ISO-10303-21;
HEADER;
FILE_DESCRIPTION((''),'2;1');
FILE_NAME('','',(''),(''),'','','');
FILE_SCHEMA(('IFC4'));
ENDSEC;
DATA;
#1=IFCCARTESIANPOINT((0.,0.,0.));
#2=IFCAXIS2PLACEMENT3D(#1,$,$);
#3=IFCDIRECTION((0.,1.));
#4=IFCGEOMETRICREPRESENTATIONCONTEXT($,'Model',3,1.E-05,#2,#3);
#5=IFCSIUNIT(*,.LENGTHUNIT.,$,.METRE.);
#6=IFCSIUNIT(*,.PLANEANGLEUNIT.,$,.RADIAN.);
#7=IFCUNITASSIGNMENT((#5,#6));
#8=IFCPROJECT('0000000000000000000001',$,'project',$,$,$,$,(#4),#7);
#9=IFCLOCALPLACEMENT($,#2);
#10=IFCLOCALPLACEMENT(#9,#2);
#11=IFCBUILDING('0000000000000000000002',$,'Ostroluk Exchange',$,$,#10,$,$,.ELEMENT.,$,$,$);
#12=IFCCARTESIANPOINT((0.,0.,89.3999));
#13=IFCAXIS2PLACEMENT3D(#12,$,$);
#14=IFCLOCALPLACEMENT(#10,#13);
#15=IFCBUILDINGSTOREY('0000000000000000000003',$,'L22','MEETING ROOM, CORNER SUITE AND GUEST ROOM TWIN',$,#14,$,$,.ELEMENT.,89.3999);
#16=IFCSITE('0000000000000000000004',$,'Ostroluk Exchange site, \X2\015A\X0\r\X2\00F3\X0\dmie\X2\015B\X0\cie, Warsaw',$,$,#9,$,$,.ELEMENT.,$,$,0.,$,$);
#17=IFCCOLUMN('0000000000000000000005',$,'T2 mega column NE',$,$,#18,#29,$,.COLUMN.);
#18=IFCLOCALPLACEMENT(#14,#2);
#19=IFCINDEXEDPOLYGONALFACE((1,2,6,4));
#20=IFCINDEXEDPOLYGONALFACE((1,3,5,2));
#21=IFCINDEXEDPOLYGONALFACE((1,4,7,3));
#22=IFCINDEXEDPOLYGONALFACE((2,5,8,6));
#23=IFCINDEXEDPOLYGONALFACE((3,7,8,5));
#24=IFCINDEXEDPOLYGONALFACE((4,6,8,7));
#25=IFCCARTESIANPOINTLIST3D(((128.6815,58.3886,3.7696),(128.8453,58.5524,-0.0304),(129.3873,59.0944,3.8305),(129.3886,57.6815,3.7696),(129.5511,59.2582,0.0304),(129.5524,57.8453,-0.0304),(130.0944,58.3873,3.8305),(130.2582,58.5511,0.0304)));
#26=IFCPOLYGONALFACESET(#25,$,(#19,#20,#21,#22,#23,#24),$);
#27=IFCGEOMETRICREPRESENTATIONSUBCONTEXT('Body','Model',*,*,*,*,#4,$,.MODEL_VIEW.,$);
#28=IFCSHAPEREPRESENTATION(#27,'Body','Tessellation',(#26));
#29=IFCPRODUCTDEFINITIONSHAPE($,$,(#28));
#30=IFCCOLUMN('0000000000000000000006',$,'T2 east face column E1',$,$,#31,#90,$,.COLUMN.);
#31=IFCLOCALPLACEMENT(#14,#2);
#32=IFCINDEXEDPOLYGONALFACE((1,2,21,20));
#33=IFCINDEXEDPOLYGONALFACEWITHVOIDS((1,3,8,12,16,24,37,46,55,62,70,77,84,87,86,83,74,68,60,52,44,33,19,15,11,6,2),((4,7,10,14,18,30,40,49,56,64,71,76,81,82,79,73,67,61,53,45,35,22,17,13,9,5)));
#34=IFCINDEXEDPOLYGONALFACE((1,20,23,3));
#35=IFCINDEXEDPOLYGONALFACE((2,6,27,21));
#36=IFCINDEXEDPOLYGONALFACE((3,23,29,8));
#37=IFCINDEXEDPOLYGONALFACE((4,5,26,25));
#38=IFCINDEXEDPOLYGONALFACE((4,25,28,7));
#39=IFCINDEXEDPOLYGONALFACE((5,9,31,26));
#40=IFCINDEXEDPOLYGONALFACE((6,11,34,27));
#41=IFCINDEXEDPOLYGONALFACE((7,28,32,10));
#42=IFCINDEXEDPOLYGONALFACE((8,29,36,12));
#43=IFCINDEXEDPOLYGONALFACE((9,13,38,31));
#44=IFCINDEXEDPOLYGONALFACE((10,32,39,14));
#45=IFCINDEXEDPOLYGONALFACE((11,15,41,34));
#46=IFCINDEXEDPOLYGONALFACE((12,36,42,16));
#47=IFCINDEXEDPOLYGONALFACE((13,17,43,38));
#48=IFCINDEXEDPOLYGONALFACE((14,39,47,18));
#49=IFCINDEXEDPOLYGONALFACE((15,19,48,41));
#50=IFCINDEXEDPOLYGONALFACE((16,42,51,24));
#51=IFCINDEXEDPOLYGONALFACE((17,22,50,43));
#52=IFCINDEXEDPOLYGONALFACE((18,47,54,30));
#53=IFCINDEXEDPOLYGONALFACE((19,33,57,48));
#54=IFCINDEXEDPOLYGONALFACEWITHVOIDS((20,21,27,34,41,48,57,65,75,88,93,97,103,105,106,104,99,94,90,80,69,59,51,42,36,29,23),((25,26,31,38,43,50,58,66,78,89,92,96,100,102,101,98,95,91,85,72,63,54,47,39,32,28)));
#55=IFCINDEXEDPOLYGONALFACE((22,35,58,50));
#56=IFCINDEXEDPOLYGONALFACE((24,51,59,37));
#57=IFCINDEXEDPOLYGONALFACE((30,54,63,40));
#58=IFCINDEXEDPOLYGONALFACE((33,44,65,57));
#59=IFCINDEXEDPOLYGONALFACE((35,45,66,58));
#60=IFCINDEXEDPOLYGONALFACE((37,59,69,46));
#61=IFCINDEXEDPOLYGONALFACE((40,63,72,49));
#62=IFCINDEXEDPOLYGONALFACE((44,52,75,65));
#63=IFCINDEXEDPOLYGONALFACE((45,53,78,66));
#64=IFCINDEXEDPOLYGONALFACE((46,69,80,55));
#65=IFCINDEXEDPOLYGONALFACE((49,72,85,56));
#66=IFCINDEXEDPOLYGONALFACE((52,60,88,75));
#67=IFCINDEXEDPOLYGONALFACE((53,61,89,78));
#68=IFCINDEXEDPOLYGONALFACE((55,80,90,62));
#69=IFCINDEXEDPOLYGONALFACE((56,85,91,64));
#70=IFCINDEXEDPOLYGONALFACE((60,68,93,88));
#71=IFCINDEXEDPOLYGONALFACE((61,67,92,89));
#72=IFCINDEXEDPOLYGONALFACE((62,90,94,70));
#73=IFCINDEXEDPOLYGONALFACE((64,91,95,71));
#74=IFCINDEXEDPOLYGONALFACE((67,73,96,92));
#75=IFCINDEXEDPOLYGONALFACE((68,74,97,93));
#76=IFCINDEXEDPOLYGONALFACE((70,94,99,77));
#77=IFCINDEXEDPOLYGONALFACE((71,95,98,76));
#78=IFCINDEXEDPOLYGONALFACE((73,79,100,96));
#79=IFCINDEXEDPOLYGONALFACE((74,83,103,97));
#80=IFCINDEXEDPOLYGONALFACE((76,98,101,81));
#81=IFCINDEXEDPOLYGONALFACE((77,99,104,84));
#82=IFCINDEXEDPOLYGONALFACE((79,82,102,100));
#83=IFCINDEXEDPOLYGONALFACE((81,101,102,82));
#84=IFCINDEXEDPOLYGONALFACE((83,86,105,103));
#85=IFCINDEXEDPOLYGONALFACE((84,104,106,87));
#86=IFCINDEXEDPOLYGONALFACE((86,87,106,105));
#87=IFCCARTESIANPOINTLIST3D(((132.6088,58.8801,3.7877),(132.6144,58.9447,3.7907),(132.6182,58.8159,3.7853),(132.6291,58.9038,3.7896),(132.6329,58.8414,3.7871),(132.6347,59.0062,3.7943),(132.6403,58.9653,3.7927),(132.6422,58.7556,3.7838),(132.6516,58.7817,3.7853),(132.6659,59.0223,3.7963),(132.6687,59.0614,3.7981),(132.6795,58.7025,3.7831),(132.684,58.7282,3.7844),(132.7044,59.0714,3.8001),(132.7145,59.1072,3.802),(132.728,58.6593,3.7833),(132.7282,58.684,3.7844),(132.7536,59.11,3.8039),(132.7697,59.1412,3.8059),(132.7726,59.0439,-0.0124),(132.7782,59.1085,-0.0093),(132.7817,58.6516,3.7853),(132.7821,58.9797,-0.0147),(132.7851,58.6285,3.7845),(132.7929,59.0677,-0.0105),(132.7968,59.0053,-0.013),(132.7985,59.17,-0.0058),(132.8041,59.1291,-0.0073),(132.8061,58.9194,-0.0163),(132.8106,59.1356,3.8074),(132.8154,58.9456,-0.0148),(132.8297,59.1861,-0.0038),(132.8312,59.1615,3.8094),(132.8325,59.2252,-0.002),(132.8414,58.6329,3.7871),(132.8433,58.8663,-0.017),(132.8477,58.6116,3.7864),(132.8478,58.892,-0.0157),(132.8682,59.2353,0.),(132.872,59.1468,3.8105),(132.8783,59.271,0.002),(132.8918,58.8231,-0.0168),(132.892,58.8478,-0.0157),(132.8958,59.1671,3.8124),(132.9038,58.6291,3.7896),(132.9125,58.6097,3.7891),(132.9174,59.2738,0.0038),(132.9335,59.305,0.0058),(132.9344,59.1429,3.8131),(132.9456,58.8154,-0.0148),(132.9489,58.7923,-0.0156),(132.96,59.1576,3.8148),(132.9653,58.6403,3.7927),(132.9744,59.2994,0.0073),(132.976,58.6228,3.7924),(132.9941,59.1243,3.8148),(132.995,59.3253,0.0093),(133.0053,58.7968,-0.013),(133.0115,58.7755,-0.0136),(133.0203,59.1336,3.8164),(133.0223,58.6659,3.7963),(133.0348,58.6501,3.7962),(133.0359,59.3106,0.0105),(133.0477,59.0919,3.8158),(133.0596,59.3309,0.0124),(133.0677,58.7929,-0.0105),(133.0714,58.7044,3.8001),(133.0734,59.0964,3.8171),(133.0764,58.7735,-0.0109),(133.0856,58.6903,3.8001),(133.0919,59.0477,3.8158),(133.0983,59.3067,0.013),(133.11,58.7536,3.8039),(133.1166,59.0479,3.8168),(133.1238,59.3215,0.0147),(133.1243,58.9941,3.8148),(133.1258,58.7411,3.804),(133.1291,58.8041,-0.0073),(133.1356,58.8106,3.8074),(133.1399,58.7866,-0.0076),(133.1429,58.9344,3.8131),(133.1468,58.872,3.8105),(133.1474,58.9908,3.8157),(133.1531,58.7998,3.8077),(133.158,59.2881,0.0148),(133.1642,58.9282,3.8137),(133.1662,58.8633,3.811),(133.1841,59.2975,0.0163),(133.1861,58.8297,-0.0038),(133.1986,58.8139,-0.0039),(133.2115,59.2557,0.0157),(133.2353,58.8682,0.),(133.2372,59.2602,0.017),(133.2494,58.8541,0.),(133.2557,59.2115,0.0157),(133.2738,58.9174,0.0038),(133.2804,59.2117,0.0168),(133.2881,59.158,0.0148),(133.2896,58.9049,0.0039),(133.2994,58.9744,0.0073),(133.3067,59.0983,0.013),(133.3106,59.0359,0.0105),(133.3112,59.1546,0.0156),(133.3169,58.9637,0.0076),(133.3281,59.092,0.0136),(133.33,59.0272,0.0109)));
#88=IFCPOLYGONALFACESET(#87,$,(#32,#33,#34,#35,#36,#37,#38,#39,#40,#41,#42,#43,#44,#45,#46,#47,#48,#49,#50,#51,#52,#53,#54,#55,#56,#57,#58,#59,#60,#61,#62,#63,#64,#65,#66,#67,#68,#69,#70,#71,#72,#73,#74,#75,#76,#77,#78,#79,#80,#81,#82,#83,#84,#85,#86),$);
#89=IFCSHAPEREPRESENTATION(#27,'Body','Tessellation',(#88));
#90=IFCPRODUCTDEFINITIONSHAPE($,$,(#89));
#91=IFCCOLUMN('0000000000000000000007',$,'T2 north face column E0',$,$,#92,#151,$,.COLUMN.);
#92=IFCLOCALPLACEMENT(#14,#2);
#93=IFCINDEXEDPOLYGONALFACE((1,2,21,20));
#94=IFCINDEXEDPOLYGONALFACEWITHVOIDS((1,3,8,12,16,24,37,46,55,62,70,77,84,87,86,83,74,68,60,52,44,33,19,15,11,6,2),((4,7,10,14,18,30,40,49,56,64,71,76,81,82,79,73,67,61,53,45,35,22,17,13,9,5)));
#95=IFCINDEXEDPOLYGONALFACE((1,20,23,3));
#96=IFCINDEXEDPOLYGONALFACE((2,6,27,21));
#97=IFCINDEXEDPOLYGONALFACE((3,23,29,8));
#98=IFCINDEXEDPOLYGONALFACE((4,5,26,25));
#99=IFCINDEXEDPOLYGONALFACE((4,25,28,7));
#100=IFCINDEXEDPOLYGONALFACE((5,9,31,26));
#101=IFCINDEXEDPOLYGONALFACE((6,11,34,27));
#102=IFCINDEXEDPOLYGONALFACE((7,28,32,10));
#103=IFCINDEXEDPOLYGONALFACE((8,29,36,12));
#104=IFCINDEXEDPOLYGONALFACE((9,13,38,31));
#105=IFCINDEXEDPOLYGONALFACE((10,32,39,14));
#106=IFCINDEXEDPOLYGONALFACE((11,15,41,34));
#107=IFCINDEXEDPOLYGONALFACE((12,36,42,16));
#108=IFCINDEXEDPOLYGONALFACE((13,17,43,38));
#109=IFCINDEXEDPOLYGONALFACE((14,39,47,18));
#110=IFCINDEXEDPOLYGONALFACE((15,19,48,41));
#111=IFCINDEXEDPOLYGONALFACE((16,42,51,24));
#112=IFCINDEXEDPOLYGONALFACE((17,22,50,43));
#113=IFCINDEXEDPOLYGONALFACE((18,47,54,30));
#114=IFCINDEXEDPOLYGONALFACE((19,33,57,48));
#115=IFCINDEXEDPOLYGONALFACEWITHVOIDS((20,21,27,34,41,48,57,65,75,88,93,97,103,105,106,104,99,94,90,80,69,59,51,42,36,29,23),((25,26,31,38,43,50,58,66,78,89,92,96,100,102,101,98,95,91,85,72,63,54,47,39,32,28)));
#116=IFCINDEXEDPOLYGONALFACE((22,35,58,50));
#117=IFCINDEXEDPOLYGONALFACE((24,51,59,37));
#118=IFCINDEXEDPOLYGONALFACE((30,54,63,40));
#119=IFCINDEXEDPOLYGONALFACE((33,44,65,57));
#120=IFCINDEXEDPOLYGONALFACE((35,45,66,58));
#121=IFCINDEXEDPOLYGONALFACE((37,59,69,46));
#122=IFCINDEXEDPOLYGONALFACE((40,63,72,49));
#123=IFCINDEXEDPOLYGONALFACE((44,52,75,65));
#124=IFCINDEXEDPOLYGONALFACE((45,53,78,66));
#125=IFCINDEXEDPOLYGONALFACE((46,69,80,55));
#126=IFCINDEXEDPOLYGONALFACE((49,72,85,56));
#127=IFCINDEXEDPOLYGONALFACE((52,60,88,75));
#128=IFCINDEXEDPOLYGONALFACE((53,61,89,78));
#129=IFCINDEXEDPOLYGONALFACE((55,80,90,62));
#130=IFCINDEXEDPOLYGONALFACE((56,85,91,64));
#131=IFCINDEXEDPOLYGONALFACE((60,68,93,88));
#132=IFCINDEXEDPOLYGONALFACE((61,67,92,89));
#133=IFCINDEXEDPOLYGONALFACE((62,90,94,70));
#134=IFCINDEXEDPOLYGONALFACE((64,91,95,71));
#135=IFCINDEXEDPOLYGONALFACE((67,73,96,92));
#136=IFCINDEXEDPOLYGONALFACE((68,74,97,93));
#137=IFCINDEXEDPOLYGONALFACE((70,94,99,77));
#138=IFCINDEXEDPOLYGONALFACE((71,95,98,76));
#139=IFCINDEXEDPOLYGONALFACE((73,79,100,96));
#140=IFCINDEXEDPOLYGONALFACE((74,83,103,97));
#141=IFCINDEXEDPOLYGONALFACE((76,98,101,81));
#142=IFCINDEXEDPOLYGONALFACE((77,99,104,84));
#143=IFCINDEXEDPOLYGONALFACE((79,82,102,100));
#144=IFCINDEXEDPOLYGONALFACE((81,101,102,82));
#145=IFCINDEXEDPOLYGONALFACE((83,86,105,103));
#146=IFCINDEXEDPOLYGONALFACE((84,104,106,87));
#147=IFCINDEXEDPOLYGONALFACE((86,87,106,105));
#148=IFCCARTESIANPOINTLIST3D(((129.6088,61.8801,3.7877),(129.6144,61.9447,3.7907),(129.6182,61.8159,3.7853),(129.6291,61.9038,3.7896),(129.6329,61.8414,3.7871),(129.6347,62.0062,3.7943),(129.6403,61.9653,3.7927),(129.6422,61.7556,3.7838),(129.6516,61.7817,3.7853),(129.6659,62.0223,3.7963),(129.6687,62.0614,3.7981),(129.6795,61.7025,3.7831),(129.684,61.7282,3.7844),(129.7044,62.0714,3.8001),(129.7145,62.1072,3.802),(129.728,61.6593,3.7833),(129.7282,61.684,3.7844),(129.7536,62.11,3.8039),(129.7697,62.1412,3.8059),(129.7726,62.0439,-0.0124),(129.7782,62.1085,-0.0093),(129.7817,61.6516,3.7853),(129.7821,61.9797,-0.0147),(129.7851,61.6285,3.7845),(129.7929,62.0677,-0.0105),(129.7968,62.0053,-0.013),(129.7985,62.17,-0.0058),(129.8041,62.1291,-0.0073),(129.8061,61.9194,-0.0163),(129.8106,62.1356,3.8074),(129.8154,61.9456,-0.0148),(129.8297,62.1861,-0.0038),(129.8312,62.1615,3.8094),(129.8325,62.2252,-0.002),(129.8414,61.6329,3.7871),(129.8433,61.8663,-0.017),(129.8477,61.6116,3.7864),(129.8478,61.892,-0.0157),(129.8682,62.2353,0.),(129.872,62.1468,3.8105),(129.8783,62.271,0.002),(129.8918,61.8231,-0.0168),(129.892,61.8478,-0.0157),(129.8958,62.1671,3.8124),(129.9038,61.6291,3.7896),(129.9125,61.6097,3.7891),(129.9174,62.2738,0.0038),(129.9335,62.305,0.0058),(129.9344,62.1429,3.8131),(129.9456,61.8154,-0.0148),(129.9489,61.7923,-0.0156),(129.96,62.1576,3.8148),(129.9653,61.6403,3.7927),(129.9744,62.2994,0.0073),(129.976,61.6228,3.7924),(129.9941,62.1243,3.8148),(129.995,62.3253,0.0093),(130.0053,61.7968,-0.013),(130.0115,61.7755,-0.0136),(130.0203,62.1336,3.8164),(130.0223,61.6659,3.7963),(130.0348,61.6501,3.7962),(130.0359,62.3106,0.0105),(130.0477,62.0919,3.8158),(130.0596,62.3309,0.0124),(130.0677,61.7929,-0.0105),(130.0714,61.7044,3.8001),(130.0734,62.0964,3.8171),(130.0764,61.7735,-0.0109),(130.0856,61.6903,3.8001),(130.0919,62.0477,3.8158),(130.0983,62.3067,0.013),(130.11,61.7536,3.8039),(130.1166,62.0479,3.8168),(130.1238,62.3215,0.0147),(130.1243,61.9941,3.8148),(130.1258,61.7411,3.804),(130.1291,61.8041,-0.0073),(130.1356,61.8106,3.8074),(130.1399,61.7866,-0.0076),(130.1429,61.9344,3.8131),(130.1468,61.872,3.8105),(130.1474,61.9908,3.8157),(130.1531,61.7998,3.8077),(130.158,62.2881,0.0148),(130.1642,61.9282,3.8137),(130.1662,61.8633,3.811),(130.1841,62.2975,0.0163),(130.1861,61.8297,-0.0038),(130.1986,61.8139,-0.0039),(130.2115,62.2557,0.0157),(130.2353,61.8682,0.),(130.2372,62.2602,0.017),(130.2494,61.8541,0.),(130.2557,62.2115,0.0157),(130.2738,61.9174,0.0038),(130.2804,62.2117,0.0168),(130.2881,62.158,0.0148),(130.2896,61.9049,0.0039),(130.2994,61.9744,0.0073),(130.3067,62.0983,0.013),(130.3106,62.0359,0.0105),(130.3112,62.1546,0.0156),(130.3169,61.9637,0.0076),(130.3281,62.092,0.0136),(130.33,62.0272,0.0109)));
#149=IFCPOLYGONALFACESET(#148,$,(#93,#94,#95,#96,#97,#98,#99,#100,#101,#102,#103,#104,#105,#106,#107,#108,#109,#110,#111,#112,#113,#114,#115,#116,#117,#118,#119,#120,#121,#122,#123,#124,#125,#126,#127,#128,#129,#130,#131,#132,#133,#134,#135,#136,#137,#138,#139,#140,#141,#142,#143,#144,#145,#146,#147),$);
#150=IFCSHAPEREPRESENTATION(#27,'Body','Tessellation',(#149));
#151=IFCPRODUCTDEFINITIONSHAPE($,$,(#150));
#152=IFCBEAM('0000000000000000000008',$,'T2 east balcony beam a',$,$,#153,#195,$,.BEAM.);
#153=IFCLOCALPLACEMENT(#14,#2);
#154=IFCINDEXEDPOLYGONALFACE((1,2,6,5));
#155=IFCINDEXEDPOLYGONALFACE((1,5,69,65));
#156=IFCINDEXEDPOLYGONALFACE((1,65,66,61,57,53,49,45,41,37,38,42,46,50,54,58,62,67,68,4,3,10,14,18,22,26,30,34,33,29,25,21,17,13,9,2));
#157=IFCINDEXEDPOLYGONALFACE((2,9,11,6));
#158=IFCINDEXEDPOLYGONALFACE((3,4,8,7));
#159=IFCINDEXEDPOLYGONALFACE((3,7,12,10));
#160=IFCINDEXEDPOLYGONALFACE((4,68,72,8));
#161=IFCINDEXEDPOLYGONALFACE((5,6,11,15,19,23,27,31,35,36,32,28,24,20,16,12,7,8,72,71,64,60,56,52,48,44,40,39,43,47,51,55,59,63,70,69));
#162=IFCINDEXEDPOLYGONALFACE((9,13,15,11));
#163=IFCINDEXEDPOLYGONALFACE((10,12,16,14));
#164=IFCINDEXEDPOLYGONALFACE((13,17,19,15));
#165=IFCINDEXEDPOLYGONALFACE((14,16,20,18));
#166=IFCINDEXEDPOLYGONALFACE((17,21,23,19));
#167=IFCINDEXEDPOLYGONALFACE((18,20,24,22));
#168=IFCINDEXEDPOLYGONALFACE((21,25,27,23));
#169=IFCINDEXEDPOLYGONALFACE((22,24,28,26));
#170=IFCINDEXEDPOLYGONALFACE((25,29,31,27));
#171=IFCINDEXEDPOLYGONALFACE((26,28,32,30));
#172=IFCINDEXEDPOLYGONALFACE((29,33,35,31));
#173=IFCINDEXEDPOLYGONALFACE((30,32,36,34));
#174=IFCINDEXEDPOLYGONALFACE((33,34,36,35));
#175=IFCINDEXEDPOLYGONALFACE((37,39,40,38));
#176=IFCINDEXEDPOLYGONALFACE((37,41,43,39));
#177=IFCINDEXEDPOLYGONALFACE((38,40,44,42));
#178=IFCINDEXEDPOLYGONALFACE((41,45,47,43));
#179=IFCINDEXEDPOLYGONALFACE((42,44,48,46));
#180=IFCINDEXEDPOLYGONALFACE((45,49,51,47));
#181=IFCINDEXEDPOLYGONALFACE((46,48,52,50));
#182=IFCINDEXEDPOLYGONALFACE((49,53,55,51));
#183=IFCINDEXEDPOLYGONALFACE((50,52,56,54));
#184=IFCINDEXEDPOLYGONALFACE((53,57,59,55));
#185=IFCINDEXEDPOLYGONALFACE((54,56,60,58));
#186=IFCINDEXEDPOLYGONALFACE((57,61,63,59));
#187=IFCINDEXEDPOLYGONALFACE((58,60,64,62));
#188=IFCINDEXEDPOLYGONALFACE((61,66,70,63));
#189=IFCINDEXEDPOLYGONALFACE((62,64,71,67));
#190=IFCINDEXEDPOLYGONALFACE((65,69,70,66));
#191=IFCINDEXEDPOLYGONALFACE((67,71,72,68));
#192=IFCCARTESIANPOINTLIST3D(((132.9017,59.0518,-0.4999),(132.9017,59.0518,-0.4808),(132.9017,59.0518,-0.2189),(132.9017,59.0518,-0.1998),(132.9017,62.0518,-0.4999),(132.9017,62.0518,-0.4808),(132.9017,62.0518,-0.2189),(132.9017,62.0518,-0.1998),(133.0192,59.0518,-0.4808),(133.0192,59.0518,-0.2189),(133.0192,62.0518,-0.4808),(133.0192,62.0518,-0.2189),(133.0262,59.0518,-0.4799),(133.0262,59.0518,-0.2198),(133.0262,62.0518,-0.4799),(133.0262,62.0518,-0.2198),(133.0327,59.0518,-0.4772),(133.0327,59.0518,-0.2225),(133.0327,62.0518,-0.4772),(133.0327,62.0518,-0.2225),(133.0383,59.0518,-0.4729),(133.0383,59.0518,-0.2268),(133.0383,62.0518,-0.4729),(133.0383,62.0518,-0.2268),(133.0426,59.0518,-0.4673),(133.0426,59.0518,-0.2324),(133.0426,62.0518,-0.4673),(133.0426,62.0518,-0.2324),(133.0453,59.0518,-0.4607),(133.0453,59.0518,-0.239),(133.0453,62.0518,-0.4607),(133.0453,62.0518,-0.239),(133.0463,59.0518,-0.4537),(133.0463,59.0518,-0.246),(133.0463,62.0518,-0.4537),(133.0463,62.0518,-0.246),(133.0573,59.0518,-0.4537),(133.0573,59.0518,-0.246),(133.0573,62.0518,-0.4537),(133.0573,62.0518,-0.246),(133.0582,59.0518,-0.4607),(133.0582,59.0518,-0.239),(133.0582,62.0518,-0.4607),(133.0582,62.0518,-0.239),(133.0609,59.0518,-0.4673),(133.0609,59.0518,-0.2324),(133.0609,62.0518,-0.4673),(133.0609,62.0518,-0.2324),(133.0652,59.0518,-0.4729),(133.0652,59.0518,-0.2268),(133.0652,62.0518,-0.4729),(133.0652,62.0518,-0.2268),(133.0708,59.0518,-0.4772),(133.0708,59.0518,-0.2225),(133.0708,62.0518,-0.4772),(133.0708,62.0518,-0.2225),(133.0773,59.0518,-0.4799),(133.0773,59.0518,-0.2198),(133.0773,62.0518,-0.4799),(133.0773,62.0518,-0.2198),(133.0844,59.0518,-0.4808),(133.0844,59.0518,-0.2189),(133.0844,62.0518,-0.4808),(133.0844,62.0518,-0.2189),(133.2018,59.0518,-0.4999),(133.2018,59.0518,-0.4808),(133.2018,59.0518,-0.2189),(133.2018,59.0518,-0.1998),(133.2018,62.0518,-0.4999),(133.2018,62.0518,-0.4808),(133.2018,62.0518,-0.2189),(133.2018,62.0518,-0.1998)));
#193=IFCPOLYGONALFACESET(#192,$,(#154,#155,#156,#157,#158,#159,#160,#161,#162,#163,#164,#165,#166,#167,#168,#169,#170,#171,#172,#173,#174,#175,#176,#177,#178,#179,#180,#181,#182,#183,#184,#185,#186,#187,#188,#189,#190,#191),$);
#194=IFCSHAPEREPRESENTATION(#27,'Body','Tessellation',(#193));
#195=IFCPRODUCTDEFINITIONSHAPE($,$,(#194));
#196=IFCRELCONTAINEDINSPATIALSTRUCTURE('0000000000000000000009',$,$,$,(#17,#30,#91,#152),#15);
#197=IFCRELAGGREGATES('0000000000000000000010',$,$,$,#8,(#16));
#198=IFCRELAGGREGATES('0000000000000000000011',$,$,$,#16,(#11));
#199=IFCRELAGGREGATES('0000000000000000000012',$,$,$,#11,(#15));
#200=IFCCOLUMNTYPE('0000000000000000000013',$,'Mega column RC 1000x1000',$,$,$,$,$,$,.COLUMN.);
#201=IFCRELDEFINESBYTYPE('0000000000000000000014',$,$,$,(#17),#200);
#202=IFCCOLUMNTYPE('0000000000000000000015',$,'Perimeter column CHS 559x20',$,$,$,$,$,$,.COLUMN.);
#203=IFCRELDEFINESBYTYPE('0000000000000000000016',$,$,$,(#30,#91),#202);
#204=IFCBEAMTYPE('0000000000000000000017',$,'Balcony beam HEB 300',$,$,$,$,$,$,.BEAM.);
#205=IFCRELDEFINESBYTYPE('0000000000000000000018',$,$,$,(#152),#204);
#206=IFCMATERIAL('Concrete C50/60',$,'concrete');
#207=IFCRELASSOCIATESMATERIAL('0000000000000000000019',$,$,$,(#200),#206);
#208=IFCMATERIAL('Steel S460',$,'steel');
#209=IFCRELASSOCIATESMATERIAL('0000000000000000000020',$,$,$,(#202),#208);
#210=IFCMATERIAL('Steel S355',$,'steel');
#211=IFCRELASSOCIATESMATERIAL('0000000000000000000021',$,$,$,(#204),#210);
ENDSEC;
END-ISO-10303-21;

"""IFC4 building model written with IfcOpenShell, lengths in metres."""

from ifc_helpers import new_model, si_unit, direction, frame, origin, origin_2d, place, context, subcontext, project, spatial, rectangle, hollow_circle, i_section, extrude, material, material_profile, profile_set, type_object, element, save


model = new_model("IFC4")

# Units and contexts
model_context = context("Model", 3, precision=1e-05, world=origin(), true_north=direction((0.0, 1.0)))
body_context = subcontext(model_context, "Body", "Model", "MODEL_VIEW")
ifc_project = project(units=[si_unit("LENGTHUNIT", "METRE"), si_unit("PLANEANGLEUNIT", "RADIAN")], contexts=[model_context])

# Site, building, storey
site_placement = place(None, origin())
site = spatial("IfcSite", under=ifc_project, at=site_placement, Name="Ostroluk Exchange site, Śródmieście, Warsaw", CompositionType="ELEMENT", RefElevation=0.0)
building_placement = place(site_placement, origin())
building = spatial("IfcBuilding", under=site, at=building_placement, Name="Ostroluk Exchange", CompositionType="ELEMENT")
storey_placement = place(building_placement, frame((0.0, 0.0, 89.3999)))
storey = spatial("IfcBuildingStorey", under=building, at=storey_placement, Name="L22", Description="MEETING ROOM, CORNER SUITE AND GUEST ROOM TWIN", CompositionType="ELEMENT", Elevation=89.3999)

# Columns
ifc_material_1 = material(Name="Concrete C50/60", Category="concrete")
ifc_material_profile_1 = material_profile(ifc_material_1, rectangle(XDim=1.0, YDim=1.0, at=origin_2d()), Name="RC 1000x1000")
ifc_profile_set_1 = profile_set([ifc_material_profile_1], Name="Concrete C50/60")
column_type_1 = type_object("IfcColumnType", Name="Mega column RC 1000x1000", PredefinedType="COLUMN", material=ifc_profile_set_1)
column_placement = place(storey_placement, frame((129.5518, 58.5518, 0.0), z_axis=(-0.04303, -0.04303, 0.998147), x_axis=(0.707107, -0.707107, 0.0)))
element("IfcColumn", 1, at=column_placement, inside=storey, type_object=column_type_1, Name="T2 mega column NE", PredefinedType="COLUMN", context=body_context, shape_type="SweptSolid", body=[
    extrude(rectangle(XDim=1.0, YDim=1.0, at=origin_2d()), origin(), (0.0, 0.0, 1.0), 3.8071),
])
ifc_material_2 = material(Name="Steel S460", Category="steel")
ifc_material_profile_2 = material_profile(ifc_material_2, hollow_circle(Radius=0.2795, WallThickness=0.02, at=origin_2d()), Name="CHS 559x20")
ifc_profile_set_2 = profile_set([ifc_material_profile_2], Name="Steel S460")
column_type_2 = type_object("IfcColumnType", Name="Perimeter column CHS 559x20", PredefinedType="COLUMN", material=ifc_profile_set_2)
for number, where, z_axis, x_axis, name in (
    (2, (133.0518, 59.0518, 0.0), (-0.04303, -0.04303, 0.998147), (0.707107, -0.707107, 0.0), "T2 east face column E1"),
    (3, (130.0518, 62.0518, 0.0), (-0.04303, -0.04303, 0.998147), (0.707107, -0.707107, 0.0), "T2 north face column E0"),
):
    element("IfcColumn", number, at=place(storey_placement, frame(where, z_axis=z_axis, x_axis=x_axis)), inside=storey, type_object=column_type_2, Name=name, PredefinedType="COLUMN", context=body_context, shape_type="SweptSolid", body=[
        extrude(hollow_circle(Radius=0.2795, WallThickness=0.02, at=origin_2d()), origin(), (0.0, 0.0, 1.0), 3.8071),
    ])

# Beam
ifc_material_3 = material(Name="Steel S355", Category="steel")
ifc_material_profile_3 = material_profile(ifc_material_3, i_section(OverallWidth=0.3, OverallDepth=0.3, WebThickness=0.011, FlangeThickness=0.019, FilletRadius=0.0271, at=origin_2d()), Name="HEB 300")
ifc_profile_set_3 = profile_set([ifc_material_profile_3], Name="Steel S355")
beam_type_1 = type_object("IfcBeamType", Name="Balcony beam HEB 300", PredefinedType="BEAM", material=ifc_profile_set_3)
for number, where, z_axis, x_axis, name in (
    (4, (133.0518, 59.0518, -0.3499), (0.0, 1.0, 0.0), (-1.0, 0.0, 0.0), "T2 east balcony beam a"),
):
    element("IfcBeam", number, at=place(storey_placement, frame(where, z_axis=z_axis, x_axis=x_axis)), inside=storey, type_object=beam_type_1, Name=name, PredefinedType="BEAM", context=body_context, shape_type="SweptSolid", body=[
        extrude(i_section(OverallWidth=0.3, OverallDepth=0.3, WebThickness=0.011, FlangeThickness=0.019, FilletRadius=0.0271, at=origin_2d()), origin(), (0.0, 0.0, 1.0), 3.0),
    ])

save(model, "model.ifc")
